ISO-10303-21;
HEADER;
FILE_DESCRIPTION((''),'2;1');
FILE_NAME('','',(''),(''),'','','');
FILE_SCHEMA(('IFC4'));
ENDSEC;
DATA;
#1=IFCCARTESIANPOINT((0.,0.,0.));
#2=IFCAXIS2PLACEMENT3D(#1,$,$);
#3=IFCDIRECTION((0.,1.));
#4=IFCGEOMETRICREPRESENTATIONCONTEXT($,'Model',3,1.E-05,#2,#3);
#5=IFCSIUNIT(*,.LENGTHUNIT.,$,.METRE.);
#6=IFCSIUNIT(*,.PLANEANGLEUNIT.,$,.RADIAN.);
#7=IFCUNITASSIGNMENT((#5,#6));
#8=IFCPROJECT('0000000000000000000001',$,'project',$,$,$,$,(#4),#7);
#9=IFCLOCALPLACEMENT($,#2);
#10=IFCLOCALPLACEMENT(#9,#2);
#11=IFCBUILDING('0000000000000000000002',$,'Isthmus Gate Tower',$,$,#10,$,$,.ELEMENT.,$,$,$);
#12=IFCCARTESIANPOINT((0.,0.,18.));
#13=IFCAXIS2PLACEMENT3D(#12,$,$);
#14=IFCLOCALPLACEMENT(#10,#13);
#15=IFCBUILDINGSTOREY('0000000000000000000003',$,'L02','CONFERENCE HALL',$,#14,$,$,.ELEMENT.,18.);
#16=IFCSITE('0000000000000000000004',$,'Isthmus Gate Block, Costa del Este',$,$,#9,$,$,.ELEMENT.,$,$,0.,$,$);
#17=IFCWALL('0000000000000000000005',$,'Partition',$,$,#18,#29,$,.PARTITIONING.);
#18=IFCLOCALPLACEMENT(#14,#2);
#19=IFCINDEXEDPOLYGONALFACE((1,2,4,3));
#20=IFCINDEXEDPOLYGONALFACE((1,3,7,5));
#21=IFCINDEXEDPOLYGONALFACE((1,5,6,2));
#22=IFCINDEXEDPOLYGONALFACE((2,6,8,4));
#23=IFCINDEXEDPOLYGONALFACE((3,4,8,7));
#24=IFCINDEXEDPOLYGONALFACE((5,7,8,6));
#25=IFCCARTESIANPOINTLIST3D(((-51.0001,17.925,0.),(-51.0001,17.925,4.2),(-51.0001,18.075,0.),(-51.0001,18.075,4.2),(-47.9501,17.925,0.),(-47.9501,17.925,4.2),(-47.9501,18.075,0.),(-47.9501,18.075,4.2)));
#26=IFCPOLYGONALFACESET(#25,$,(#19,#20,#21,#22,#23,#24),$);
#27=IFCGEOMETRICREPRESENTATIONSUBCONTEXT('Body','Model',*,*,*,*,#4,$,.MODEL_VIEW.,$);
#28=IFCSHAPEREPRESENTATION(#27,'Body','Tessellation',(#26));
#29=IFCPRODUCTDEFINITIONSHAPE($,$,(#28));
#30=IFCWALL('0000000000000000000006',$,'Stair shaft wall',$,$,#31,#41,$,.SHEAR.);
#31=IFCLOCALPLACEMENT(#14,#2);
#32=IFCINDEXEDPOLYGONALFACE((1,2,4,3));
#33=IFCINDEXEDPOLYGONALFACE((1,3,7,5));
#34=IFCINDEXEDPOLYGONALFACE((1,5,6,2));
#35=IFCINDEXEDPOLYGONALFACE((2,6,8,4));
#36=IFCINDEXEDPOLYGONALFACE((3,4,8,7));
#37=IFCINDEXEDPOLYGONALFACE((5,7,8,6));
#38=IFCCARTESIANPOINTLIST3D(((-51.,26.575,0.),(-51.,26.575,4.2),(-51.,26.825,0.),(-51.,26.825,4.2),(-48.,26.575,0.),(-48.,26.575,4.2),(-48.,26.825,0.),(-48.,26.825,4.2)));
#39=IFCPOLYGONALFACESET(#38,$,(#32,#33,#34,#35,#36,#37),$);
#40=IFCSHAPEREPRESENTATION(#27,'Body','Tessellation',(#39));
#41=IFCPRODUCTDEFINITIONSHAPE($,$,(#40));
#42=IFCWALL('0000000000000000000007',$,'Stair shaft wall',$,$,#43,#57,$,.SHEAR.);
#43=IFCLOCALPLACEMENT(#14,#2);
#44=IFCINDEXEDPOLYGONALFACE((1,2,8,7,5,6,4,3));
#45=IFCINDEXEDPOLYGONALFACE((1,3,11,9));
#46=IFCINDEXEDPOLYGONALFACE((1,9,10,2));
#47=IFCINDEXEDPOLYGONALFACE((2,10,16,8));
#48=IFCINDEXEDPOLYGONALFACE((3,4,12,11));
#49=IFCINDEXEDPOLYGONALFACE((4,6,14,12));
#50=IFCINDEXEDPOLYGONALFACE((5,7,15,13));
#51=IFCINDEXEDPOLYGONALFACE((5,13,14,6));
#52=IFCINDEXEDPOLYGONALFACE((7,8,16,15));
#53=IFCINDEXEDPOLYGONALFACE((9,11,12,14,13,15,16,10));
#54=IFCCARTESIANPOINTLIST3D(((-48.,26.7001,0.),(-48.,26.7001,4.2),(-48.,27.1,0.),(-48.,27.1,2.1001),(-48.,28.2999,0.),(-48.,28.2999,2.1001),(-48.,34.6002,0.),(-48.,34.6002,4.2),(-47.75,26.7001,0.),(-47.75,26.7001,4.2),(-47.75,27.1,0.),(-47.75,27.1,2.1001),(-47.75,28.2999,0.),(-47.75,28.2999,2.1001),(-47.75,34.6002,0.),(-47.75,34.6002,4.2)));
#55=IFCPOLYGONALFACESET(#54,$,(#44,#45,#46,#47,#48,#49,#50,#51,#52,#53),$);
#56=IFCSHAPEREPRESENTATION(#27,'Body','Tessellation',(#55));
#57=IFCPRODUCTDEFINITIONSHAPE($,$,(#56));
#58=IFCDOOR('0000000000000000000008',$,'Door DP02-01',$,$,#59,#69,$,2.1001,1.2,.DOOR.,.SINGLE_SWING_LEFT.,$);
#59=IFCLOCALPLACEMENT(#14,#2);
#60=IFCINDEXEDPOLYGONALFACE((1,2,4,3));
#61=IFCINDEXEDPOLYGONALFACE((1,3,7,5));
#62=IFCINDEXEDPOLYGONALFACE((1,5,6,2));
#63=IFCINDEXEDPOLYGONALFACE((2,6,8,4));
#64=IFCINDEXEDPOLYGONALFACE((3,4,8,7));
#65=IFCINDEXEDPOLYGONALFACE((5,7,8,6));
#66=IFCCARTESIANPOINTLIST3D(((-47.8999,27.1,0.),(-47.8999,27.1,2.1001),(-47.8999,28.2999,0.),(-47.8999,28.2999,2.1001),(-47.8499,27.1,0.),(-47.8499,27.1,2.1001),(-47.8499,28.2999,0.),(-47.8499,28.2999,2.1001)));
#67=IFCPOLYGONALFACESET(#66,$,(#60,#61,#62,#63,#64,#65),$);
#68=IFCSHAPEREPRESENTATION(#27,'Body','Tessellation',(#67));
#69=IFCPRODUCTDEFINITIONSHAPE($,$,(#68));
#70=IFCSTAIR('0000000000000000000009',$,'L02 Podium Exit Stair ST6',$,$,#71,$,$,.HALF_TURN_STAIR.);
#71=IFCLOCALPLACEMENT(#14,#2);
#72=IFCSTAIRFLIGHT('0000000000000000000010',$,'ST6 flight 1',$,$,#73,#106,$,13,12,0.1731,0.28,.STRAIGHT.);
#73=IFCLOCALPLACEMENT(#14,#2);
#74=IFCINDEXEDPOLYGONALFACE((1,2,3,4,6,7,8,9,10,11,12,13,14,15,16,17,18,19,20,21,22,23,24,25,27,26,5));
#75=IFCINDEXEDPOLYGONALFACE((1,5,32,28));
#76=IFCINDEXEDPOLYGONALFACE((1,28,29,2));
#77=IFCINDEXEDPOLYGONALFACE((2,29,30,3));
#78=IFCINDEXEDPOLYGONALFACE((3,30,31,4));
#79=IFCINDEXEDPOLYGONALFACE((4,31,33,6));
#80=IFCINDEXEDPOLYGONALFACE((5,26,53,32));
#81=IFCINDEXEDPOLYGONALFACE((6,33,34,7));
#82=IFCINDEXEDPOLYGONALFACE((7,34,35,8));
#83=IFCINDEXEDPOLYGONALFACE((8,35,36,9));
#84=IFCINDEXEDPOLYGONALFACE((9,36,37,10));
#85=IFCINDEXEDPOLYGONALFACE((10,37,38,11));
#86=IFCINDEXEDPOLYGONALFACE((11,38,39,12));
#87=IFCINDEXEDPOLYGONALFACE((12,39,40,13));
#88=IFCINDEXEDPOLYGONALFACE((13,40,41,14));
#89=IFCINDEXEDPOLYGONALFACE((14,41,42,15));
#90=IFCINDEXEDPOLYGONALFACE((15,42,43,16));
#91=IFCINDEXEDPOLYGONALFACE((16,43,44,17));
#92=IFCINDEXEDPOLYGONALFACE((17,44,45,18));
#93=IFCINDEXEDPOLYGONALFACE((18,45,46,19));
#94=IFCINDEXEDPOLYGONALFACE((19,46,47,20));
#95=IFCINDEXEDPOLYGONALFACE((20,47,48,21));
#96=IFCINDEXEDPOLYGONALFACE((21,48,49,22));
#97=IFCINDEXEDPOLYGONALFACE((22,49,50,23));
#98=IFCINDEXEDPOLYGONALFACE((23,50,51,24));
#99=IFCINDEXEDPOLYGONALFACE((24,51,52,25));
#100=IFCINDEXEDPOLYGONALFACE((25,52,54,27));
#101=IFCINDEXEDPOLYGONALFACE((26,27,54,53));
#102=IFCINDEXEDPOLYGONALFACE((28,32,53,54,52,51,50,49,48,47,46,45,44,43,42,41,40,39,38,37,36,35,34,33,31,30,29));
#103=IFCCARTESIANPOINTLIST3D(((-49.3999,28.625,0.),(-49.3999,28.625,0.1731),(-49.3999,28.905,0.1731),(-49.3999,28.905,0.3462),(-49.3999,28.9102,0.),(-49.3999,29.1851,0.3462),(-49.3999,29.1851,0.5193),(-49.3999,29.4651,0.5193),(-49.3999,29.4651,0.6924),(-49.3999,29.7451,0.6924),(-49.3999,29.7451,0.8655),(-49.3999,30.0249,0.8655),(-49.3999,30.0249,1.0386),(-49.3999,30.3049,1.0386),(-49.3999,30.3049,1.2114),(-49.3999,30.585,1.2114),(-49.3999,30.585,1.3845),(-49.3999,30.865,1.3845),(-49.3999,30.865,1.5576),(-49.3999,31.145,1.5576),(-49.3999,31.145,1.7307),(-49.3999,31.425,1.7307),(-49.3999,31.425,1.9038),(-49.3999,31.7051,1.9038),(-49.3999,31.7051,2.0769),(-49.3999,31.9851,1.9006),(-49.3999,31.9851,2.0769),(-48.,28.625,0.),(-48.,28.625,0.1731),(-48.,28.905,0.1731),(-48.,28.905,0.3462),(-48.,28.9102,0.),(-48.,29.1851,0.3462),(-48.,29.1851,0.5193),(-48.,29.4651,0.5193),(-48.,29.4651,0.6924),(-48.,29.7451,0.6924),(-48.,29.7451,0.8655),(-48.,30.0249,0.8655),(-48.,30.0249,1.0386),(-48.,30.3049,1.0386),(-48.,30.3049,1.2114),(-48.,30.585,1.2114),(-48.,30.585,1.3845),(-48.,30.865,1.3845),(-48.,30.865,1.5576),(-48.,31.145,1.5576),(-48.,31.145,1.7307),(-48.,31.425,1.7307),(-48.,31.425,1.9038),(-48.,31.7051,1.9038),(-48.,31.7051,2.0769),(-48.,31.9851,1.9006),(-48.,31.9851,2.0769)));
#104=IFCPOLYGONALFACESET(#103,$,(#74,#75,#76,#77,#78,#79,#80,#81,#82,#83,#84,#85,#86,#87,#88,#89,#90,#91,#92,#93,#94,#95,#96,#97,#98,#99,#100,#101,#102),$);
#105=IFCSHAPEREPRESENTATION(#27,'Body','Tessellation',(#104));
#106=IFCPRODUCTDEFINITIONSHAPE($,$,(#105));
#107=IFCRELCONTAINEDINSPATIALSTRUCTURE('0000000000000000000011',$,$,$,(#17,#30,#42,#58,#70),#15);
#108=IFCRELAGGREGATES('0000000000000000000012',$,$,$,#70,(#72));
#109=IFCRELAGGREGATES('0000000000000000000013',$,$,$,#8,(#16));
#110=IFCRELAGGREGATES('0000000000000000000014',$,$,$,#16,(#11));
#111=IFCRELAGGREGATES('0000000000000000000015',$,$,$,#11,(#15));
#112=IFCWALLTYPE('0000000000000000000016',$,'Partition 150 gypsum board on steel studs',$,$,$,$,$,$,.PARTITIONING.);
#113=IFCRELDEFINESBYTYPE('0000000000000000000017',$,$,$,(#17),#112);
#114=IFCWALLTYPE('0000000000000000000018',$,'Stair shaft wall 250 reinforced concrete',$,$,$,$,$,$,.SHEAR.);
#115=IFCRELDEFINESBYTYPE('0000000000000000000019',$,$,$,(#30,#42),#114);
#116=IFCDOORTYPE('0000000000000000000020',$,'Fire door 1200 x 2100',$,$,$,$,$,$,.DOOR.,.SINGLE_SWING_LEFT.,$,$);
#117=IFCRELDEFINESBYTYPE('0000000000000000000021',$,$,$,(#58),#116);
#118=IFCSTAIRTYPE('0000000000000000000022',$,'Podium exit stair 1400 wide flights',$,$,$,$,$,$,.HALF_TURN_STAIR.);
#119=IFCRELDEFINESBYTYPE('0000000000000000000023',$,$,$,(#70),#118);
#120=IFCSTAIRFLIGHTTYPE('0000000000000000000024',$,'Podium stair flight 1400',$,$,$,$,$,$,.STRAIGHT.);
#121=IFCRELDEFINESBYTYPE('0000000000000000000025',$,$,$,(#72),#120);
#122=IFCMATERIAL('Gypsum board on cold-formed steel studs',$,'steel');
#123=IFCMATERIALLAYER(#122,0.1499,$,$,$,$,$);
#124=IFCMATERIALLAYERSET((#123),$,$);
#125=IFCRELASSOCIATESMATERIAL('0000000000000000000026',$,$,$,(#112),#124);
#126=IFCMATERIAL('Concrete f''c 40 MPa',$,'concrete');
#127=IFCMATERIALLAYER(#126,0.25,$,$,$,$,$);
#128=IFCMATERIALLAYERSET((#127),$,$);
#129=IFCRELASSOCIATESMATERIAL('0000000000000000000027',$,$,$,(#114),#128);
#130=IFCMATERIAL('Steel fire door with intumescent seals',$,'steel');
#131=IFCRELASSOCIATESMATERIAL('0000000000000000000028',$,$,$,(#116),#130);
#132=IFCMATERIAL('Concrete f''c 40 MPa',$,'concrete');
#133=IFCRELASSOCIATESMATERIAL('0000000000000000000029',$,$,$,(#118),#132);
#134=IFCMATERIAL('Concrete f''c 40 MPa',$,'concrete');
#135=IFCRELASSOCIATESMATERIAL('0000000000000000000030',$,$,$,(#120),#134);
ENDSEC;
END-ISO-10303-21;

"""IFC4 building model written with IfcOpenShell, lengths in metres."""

from ifc_helpers import new_model, si_unit, direction, frame, frame_2d, origin, place, context, subcontext, project, spatial, polyline, rectangle, outline, extrude, material, layer, layer_set, type_object, element, fill, aggregate, save


model = new_model("IFC4")

# Units and contexts
model_context = context("Model", 3, precision=1e-05, world=origin(), true_north=direction((0.0, 1.0)))
body_context = subcontext(model_context, "Body", "Model", "MODEL_VIEW")
ifc_project = project(units=[si_unit("LENGTHUNIT", "METRE"), si_unit("PLANEANGLEUNIT", "RADIAN")], contexts=[model_context])

# Site, building, storey
site_placement = place(None, origin())
site = spatial("IfcSite", under=ifc_project, at=site_placement, Name="Isthmus Gate Block, Costa del Este", CompositionType="ELEMENT", RefElevation=0.0)
building_placement = place(site_placement, origin())
building = spatial("IfcBuilding", under=site, at=building_placement, Name="Isthmus Gate Tower", CompositionType="ELEMENT")
storey_placement = place(building_placement, frame((0.0, 0.0, 18.0)))
storey = spatial("IfcBuildingStorey", under=building, at=storey_placement, Name="L02", Description="CONFERENCE HALL", CompositionType="ELEMENT", Elevation=18.0)

# Walls
ifc_material_1 = material(Name="Gypsum board on cold-formed steel studs", Category="steel")
ifc_layer_1 = layer(ifc_material_1, 0.1499)
ifc_layer_set_1 = layer_set([ifc_layer_1])
wall_type_1 = type_object("IfcWallType", Name="Partition 150 gypsum board on steel studs", PredefinedType="PARTITIONING", material=ifc_layer_set_1)
wall_1_placement = place(storey_placement, frame((-51.0, 18.0, 0.0), z_axis=(0.0, 0.0, 1.0), x_axis=(1.0, 0.0, 0.0)))
element("IfcWall", 1, at=wall_1_placement, inside=storey, type_object=wall_type_1, Name="Partition", PredefinedType="PARTITIONING", context=body_context, shape_type="SweptSolid", body=[
    extrude(rectangle(XDim=3.05, YDim=0.1499, at=frame_2d((1.5249, 0.0))), origin(), (0.0, 0.0, 1.0), 4.2),
])
ifc_material_2 = material(Name="Concrete f'c 40 MPa", Category="concrete")
ifc_layer_2 = layer(ifc_material_2, 0.25)
ifc_layer_set_2 = layer_set([ifc_layer_2])
wall_type_2 = type_object("IfcWallType", Name="Stair shaft wall 250 reinforced concrete", PredefinedType="SHEAR", material=ifc_layer_set_2)
wall_2_placement = place(storey_placement, frame((-51.0, 26.7, 0.0), z_axis=(0.0, 0.0, 1.0), x_axis=(1.0, 0.0, 0.0)))
element("IfcWall", 2, at=wall_2_placement, inside=storey, type_object=wall_type_2, Name="Stair shaft wall", PredefinedType="SHEAR", context=body_context, shape_type="SweptSolid", body=[
    extrude(rectangle(XDim=3.0, YDim=0.25, at=frame_2d((1.5, 0.0))), origin(), (0.0, 0.0, 1.0), 4.2),
])

# Wall, opening, door
wall_3_placement = place(storey_placement, frame((-47.875, 26.7, 0.0), z_axis=(0.0, 0.0, 1.0), x_axis=(0.0, 1.0, 0.0)))
wall_3 = element("IfcWall", 3, at=wall_3_placement, inside=storey, type_object=wall_type_2, Name="Stair shaft wall", PredefinedType="SHEAR", context=body_context, shape_type="SweptSolid", body=[
    extrude(rectangle(XDim=7.9001, YDim=0.25, at=frame_2d((3.9502, 0.0))), origin(), (0.0, 0.0, 1.0), 4.2),
])
opening_1_placement = place(wall_3_placement, frame((0.3999, 0.0, 0.0)))
opening_1 = element("IfcOpeningElement", 4, at=opening_1_placement, cuts=wall_3, PredefinedType="OPENING", context=body_context, shape_type="SweptSolid", body=[
    extrude(rectangle(XDim=1.2, YDim=2.1001, at=frame_2d((0.6001, 1.05))), frame((0.0, 0.135, 0.0), z_axis=(0.0, -1.0, 0.0), x_axis=(1.0, 0.0, 0.0)), (0.0, 0.0, 1.0), 0.27),
])
ifc_material_3 = material(Name="Steel fire door with intumescent seals", Category="steel")
door_type_1 = type_object("IfcDoorType", Name="Fire door 1200 x 2100", OperationType="SINGLE_SWING_LEFT", PredefinedType="DOOR", material=ifc_material_3)
door_1_placement = place(opening_1_placement, origin())
door_1 = element("IfcDoor", 5, at=door_1_placement, inside=storey, type_object=door_type_1, Name="Door DP02-01", OperationType="SINGLE_SWING_LEFT", OverallHeight=2.1001, OverallWidth=1.2, PredefinedType="DOOR", context=body_context, shape_type="SweptSolid", body=[
    extrude(rectangle(XDim=1.2, YDim=2.1001, at=frame_2d((0.6001, 1.05))), frame((0.0, 0.0249, 0.0), z_axis=(0.0, -1.0, 0.0), x_axis=(1.0, 0.0, 0.0)), (0.0, 0.0, 1.0), 0.05),
])
fill(opening_1, door_1)

# Stair, stair flight
ifc_material_4 = material(Name="Concrete f'c 40 MPa", Category="concrete")
stair_type = type_object("IfcStairType", Name="Podium exit stair 1400 wide flights", PredefinedType="HALF_TURN_STAIR", material=ifc_material_4)
stair_placement = place(storey_placement, origin())
stair = element("IfcStair", 6, at=stair_placement, inside=storey, type_object=stair_type, Name="L02 Podium Exit Stair ST6", PredefinedType="HALF_TURN_STAIR")
ifc_material_5 = material(Name="Concrete f'c 40 MPa", Category="concrete")
stair_flight_type = type_object("IfcStairFlightType", Name="Podium stair flight 1400", PredefinedType="STRAIGHT", material=ifc_material_5)
stair_flight_placement = place(storey_placement, frame((-48.7, 28.625, 0.0), z_axis=(0.0, 0.0, 1.0), x_axis=(0.0, 1.0, 0.0)))
stair_flight = element("IfcStairFlight", 7, at=stair_flight_placement, type_object=stair_flight_type, Name="ST6 flight 1", NumberOfRisers=13, NumberOfTreads=12, PredefinedType="STRAIGHT", RiserHeight=0.1731, TreadLength=0.28, context=body_context, shape_type="SweptSolid", body=[
    extrude(outline(polyline([(0.0, 0.0), (0.0, 0.1731), (0.28, 0.1731), (0.28, 0.3462), (0.5601, 0.3462), (0.5601, 0.5193), (0.8401, 0.5193), (0.8401, 0.6924), (1.1201, 0.6924), (1.1201, 0.8655), (1.3999, 0.8655), (1.3999, 1.0386), (1.6799, 1.0386), (1.6799, 1.2114), (1.96, 1.2114), (1.96, 1.3845), (2.24, 1.3845), (2.24, 1.5576), (2.52, 1.5576), (2.52, 1.7307), (2.8, 1.7307), (2.8, 1.9038), (3.0801, 1.9038), (3.0801, 2.0769), (3.3601, 2.0769), (3.3601, 2.25), (3.3601, 1.9006), (0.2852, 0.0), (0.0, 0.0)])), frame((0.0, 0.7, 0.0), z_axis=(0.0, -1.0, 0.0), x_axis=(1.0, 0.0, 0.0)), (0.0, 0.0, 1.0), 1.3999),
])
aggregate(stair, [stair_flight])

save(model, "model.ifc")
